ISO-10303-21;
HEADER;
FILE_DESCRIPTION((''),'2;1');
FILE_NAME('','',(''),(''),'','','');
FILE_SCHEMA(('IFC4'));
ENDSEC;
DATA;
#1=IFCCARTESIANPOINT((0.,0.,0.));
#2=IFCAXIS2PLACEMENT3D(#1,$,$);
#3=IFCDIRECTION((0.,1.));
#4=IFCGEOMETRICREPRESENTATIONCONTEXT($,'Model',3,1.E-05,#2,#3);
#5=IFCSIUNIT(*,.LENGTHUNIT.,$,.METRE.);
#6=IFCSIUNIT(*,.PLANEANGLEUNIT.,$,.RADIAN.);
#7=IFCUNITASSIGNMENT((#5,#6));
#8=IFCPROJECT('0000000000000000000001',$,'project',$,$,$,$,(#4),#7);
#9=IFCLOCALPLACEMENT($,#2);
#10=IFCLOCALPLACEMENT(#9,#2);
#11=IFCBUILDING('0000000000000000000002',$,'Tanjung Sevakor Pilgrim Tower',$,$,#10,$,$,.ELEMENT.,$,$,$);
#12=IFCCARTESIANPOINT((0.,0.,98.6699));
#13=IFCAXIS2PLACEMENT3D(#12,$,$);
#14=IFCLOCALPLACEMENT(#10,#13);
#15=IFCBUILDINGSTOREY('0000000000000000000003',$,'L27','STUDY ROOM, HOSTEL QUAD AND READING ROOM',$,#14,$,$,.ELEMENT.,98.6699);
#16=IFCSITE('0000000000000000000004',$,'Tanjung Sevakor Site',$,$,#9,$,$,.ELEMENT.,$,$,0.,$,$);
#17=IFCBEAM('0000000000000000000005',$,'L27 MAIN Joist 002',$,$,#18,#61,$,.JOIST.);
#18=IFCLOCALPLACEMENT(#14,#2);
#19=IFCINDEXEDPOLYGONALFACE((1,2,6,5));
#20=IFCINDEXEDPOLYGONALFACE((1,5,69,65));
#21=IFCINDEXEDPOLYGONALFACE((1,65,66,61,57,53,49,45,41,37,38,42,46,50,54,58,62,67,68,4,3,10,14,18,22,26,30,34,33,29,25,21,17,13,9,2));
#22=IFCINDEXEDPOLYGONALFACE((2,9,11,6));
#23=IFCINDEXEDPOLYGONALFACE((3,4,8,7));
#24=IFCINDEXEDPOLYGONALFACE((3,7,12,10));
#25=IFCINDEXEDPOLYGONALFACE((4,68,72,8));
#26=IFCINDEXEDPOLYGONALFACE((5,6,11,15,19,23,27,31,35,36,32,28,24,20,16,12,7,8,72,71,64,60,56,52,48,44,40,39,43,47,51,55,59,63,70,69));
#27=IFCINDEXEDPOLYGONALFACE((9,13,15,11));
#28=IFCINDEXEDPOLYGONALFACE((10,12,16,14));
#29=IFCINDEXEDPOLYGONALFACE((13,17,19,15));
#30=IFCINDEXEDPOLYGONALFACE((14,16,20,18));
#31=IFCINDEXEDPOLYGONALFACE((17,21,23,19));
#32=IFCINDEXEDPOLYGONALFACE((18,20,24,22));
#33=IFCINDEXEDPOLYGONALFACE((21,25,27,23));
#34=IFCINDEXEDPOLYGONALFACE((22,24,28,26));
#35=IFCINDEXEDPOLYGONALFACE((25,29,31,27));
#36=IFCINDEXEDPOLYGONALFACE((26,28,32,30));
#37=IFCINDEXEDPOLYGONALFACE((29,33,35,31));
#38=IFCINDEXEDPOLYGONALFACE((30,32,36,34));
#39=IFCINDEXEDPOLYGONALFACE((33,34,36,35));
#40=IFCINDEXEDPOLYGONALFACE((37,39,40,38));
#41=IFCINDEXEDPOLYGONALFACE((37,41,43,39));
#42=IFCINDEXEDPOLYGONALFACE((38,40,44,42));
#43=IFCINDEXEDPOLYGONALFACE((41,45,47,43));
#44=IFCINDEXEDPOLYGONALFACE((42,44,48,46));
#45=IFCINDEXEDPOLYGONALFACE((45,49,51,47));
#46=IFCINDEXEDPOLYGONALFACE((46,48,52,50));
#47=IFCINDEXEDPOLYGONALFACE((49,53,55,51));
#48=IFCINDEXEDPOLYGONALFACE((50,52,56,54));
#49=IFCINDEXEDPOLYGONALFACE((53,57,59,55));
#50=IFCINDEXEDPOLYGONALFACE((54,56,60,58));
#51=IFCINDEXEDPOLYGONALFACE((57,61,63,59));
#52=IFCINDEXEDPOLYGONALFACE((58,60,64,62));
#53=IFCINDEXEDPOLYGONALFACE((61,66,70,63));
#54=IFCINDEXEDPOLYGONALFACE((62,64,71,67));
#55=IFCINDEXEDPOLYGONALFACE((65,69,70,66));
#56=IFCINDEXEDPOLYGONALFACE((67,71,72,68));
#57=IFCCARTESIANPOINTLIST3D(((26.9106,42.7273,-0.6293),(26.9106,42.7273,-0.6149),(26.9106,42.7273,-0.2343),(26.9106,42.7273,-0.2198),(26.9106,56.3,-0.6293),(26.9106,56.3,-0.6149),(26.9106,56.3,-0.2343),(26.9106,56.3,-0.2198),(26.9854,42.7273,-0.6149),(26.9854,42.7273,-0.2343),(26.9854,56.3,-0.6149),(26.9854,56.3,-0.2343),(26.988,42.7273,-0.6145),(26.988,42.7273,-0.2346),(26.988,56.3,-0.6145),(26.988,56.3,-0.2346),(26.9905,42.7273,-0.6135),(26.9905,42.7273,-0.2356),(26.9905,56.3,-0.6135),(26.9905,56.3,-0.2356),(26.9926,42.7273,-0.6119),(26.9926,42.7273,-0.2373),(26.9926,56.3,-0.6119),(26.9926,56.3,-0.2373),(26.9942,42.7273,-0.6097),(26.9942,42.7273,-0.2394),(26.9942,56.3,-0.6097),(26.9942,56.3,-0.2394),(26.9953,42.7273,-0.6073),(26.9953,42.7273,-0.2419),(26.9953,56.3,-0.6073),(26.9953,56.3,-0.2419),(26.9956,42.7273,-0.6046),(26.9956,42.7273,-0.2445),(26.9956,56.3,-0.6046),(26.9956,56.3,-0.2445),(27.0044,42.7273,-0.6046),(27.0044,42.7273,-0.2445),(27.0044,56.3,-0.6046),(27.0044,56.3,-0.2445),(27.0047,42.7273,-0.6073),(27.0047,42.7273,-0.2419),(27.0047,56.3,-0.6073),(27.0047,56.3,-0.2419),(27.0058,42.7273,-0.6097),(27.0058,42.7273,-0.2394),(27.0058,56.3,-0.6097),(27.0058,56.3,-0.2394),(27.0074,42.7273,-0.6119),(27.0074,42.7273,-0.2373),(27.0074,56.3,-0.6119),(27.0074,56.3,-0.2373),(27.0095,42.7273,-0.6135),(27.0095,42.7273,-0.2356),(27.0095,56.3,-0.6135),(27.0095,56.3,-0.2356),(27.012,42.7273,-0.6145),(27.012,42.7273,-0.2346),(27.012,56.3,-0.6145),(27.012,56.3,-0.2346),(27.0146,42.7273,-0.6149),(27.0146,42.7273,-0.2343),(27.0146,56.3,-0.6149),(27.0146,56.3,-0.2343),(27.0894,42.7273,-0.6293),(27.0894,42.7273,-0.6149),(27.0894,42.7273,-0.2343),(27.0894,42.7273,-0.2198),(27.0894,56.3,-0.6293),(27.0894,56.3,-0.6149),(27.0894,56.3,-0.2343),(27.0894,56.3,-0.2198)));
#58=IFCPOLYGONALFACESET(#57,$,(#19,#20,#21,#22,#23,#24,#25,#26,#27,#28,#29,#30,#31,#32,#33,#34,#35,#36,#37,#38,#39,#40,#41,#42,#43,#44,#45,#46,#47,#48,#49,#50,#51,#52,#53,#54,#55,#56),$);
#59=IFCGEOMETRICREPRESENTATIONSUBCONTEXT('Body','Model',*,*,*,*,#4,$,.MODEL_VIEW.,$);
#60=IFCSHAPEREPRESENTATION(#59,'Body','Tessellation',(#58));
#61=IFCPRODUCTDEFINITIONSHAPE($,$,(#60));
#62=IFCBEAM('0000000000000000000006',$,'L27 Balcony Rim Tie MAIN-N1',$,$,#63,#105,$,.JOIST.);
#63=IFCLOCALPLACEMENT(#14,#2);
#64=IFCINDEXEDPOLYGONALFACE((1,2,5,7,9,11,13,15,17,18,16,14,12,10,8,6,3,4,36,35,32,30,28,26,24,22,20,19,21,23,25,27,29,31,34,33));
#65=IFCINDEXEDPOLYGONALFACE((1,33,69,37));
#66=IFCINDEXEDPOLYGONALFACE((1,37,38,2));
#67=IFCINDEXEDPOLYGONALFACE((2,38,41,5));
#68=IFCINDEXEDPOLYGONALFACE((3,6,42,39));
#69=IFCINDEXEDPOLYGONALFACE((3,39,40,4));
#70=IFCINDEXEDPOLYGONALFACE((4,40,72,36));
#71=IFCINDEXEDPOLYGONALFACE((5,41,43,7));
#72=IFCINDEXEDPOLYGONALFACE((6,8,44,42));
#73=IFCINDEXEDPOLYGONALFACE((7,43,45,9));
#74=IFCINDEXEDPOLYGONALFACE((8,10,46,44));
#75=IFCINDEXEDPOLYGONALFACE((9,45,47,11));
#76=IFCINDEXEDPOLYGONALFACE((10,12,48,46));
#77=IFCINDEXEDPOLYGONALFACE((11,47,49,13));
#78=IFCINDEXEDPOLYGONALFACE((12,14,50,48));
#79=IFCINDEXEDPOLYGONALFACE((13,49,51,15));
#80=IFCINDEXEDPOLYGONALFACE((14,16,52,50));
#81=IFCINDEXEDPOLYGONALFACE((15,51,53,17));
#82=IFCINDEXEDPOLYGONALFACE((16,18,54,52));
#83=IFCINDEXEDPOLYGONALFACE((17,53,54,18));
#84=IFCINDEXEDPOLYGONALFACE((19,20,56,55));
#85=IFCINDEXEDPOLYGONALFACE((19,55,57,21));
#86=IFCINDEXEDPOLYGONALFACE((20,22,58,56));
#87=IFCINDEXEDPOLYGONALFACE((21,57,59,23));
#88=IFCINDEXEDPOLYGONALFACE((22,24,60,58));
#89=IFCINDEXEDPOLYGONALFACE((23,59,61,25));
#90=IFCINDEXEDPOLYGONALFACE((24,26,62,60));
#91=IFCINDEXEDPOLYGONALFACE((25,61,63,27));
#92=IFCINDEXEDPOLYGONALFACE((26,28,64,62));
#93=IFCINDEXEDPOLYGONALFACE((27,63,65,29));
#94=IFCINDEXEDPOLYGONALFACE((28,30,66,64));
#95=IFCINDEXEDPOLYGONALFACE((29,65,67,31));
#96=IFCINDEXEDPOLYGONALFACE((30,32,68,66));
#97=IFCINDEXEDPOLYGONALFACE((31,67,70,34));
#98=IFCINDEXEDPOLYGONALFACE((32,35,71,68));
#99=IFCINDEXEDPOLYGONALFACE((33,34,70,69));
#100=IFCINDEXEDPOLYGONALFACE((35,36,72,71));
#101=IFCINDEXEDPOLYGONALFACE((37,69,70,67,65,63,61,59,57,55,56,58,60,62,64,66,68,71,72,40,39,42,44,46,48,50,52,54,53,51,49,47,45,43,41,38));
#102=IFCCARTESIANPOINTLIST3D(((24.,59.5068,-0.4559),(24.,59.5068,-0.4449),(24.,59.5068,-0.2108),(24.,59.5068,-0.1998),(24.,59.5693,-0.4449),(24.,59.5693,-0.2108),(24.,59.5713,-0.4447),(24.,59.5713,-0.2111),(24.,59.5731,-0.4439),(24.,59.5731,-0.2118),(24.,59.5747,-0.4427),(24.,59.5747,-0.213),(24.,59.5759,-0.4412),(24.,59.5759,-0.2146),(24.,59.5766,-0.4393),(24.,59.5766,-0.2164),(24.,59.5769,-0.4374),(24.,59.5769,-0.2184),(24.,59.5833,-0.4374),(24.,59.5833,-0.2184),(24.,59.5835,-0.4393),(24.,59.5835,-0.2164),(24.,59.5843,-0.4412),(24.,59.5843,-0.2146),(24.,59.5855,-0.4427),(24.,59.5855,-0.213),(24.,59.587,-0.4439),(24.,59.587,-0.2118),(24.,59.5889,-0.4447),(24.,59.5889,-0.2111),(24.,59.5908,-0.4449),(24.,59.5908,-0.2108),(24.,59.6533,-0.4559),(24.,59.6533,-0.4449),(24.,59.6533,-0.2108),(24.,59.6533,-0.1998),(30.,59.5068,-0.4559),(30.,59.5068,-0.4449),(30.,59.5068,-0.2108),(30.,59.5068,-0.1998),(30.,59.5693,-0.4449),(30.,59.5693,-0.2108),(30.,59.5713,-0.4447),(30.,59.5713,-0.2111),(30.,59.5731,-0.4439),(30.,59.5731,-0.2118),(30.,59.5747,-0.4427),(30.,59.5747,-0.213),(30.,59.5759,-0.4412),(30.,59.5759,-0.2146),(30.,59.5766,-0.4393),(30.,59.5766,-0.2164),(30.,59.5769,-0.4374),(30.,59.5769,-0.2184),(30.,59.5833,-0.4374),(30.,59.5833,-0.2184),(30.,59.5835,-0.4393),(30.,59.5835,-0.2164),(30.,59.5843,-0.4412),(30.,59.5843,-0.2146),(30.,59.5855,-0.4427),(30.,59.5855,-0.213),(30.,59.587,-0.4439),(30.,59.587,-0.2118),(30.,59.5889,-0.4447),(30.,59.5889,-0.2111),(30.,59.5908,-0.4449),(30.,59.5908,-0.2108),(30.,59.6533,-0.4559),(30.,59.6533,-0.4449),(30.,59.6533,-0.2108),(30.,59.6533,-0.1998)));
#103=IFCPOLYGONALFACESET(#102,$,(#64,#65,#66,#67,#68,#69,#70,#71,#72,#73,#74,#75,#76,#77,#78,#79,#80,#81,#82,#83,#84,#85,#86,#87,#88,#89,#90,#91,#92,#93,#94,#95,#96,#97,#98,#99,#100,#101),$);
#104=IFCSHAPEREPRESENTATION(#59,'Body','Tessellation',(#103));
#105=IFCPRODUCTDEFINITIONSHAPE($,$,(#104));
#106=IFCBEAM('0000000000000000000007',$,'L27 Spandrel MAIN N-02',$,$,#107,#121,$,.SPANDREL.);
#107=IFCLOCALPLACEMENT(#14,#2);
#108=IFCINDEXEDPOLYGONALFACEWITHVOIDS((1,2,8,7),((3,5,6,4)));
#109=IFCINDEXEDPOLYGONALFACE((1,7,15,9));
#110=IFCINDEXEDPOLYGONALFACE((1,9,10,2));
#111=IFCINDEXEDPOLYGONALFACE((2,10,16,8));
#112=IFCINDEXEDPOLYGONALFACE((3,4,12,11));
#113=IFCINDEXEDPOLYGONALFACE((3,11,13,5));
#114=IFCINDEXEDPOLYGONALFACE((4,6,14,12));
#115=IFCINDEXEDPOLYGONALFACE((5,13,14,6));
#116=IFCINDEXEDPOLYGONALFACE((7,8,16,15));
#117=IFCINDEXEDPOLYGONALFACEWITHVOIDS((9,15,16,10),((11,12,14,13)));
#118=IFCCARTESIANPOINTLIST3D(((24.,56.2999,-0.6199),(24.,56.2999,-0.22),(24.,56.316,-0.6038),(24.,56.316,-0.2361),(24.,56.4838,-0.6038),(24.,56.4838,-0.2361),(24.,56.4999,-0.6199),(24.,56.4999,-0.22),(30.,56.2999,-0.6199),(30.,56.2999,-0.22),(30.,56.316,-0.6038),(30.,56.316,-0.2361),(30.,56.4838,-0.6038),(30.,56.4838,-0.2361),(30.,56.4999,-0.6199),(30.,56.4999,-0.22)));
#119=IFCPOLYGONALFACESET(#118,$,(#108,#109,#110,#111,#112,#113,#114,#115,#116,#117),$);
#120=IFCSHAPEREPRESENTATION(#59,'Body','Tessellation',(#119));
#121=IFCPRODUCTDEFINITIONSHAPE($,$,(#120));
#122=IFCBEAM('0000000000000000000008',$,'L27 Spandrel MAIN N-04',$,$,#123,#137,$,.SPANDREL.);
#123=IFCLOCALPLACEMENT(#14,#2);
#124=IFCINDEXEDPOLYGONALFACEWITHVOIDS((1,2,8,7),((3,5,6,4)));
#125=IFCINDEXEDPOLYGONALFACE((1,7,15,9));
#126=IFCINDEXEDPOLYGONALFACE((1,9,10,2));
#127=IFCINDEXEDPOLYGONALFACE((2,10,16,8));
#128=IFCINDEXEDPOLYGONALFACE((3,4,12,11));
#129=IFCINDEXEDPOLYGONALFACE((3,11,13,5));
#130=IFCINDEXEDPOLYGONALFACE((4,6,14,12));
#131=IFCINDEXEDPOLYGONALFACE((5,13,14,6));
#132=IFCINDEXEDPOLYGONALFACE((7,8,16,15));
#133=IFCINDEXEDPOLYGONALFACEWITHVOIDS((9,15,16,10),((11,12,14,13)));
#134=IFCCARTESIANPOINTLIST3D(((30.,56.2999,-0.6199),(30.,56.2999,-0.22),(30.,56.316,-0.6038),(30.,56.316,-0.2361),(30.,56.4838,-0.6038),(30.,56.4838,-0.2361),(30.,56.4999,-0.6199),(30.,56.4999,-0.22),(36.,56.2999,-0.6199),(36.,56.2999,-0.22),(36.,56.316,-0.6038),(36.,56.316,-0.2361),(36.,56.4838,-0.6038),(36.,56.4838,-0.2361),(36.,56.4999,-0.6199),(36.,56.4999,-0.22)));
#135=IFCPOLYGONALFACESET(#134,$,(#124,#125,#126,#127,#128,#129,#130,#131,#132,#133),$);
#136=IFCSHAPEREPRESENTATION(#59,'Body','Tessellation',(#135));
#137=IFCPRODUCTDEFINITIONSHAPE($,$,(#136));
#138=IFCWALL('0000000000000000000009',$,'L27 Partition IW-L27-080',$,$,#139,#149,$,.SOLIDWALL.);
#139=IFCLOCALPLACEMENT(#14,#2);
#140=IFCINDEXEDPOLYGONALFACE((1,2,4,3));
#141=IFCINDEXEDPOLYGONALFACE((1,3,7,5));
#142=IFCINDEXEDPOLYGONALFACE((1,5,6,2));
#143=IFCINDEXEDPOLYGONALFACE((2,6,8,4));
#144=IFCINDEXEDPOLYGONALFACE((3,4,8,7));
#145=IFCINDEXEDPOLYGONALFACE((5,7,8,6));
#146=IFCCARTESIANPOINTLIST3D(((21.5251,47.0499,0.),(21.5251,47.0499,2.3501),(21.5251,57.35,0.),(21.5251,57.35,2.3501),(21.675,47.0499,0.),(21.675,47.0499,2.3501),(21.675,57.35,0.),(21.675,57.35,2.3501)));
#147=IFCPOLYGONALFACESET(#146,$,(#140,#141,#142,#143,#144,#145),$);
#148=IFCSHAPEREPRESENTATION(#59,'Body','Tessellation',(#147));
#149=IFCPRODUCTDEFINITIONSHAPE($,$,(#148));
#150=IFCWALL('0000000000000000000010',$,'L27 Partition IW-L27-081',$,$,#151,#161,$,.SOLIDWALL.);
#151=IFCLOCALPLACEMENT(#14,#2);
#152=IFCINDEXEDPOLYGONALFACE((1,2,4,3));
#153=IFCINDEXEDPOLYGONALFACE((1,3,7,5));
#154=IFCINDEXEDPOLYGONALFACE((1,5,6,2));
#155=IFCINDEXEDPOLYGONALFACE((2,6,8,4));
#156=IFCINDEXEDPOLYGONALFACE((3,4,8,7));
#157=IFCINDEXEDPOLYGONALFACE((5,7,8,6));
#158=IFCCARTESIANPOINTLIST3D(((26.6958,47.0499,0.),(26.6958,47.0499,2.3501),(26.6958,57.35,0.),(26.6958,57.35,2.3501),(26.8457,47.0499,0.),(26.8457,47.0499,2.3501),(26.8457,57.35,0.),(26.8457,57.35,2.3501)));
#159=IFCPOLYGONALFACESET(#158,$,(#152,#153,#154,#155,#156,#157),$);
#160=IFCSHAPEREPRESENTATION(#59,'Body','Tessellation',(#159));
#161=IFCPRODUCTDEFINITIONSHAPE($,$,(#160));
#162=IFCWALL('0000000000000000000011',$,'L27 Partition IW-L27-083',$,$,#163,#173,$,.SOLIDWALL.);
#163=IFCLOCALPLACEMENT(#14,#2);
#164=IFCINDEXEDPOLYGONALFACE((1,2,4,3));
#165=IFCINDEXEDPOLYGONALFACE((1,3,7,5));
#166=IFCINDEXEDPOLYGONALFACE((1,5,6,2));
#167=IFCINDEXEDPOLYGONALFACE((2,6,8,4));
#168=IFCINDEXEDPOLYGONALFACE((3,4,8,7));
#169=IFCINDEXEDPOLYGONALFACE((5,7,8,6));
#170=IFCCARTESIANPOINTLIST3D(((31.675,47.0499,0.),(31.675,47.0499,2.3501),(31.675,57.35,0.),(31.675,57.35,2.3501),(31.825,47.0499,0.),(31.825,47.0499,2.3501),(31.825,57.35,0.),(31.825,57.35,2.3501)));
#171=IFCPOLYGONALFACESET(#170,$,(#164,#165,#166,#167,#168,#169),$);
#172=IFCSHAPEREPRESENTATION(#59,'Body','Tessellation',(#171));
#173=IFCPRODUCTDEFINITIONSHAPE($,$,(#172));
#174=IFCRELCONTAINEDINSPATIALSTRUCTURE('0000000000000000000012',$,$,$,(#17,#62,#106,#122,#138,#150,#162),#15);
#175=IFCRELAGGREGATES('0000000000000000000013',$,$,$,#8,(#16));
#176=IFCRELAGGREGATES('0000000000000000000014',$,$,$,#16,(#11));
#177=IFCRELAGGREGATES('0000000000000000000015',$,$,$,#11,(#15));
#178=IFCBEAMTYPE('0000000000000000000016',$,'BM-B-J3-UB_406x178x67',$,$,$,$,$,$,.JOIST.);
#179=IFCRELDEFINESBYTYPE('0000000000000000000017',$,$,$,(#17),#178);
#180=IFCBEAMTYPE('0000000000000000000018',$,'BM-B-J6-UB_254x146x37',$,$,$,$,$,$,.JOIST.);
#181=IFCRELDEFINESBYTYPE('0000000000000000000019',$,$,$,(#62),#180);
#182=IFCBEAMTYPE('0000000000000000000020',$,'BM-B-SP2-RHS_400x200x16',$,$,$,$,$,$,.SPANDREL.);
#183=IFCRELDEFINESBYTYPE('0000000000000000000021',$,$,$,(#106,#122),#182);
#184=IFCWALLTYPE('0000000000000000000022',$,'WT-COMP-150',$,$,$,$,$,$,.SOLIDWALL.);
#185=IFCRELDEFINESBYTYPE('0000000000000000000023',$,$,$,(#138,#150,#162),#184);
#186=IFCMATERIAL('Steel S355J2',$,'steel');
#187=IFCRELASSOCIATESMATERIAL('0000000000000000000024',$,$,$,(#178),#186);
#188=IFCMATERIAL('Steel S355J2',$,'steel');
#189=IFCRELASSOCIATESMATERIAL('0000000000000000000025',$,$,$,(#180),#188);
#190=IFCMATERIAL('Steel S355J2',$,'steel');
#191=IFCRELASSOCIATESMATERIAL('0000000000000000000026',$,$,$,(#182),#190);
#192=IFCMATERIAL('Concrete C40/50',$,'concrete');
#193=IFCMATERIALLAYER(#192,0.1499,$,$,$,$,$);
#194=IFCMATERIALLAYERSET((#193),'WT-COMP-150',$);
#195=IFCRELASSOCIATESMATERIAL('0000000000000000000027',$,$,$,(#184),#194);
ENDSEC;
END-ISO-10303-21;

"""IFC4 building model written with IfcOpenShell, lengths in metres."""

from ifc_helpers import new_model, si_unit, direction, frame, frame_2d, origin, origin_2d, place, context, subcontext, project, spatial, rectangle, hollow_rectangle, i_section, extrude, material, layer, layer_set, material_profile, profile_set, type_object, element, save


model = new_model("IFC4")

# Units and contexts
model_context = context("Model", 3, precision=1e-05, world=origin(), true_north=direction((0.0, 1.0)))
body_context = subcontext(model_context, "Body", "Model", "MODEL_VIEW")
ifc_project = project(units=[si_unit("LENGTHUNIT", "METRE"), si_unit("PLANEANGLEUNIT", "RADIAN")], contexts=[model_context])

# Site, building, storey
site_placement = place(None, origin())
site = spatial("IfcSite", under=ifc_project, at=site_placement, Name="Tanjung Sevakor Site", CompositionType="ELEMENT", RefElevation=0.0)
building_placement = place(site_placement, origin())
building = spatial("IfcBuilding", under=site, at=building_placement, Name="Tanjung Sevakor Pilgrim Tower", CompositionType="ELEMENT")
storey_placement = place(building_placement, frame((0.0, 0.0, 98.6699)))
storey = spatial("IfcBuildingStorey", under=building, at=storey_placement, Name="L27", Description="STUDY ROOM, HOSTEL QUAD AND READING ROOM", CompositionType="ELEMENT", Elevation=98.6699)

# Beams
ifc_material_1 = material(Name="Steel S355J2", Category="steel")
ifc_material_profile_1 = material_profile(ifc_material_1, i_section(OverallWidth=0.1787, OverallDepth=0.4094, WebThickness=0.0088, FlangeThickness=0.0144, FilletRadius=0.0103, at=origin_2d()))
ifc_profile_set_1 = profile_set([ifc_material_profile_1], Name="Steel S355J2")
beam_type_1 = type_object("IfcBeamType", Name="BM-B-J3-UB_406x178x67", PredefinedType="JOIST", material=ifc_profile_set_1)
beam_1_placement = place(storey_placement, frame((27.0, 42.7273, -0.4246), z_axis=(0.0, 1.0, 0.0), x_axis=(-1.0, 0.0, 0.0)))
element("IfcBeam", 1, at=beam_1_placement, inside=storey, type_object=beam_type_1, Name="L27 MAIN Joist 002", PredefinedType="JOIST", context=body_context, shape_type="SweptSolid", body=[
    extrude(i_section(OverallWidth=0.1787, OverallDepth=0.4094, WebThickness=0.0088, FlangeThickness=0.0144, FilletRadius=0.0103, at=origin_2d()), origin(), (0.0, 0.0, 1.0), 13.5728),
])
ifc_material_2 = material(Name="Steel S355J2", Category="steel")
ifc_material_profile_2 = material_profile(ifc_material_2, i_section(OverallWidth=0.1465, OverallDepth=0.2561, WebThickness=0.0063, FlangeThickness=0.011, FilletRadius=0.0076, at=origin_2d()))
ifc_profile_set_2 = profile_set([ifc_material_profile_2], Name="Steel S355J2")
beam_type_2 = type_object("IfcBeamType", Name="BM-B-J6-UB_254x146x37", PredefinedType="JOIST", material=ifc_profile_set_2)
beam_2_placement = place(storey_placement, frame((24.0, 59.5801, -0.3279), z_axis=(1.0, 0.0, 0.0), x_axis=(0.0, 1.0, 0.0)))
element("IfcBeam", 2, at=beam_2_placement, inside=storey, type_object=beam_type_2, Name="L27 Balcony Rim Tie MAIN-N1", PredefinedType="JOIST", context=body_context, shape_type="SweptSolid", body=[
    extrude(i_section(OverallWidth=0.1465, OverallDepth=0.2561, WebThickness=0.0063, FlangeThickness=0.011, FilletRadius=0.0076, at=origin_2d()), origin(), (0.0, 0.0, 1.0), 6.0),
])
ifc_material_3 = material(Name="Steel S355J2", Category="steel")
ifc_material_profile_3 = material_profile(ifc_material_3, hollow_rectangle(XDim=0.2, YDim=0.3999, WallThickness=0.0161, at=origin_2d()))
ifc_profile_set_3 = profile_set([ifc_material_profile_3], Name="Steel S355J2")
beam_type_3 = type_object("IfcBeamType", Name="BM-B-SP2-RHS_400x200x16", PredefinedType="SPANDREL", material=ifc_profile_set_3)
for number, where, z_axis, x_axis, name in (
    (3, (24.0, 56.3999, -0.4199), (1.0, 0.0, 0.0), (0.0, 1.0, 0.0), "L27 Spandrel MAIN N-02"),
    (4, (30.0, 56.3999, -0.4199), (1.0, 0.0, 0.0), (0.0, 1.0, 0.0), "L27 Spandrel MAIN N-04"),
):
    element("IfcBeam", number, at=place(storey_placement, frame(where, z_axis=z_axis, x_axis=x_axis)), inside=storey, type_object=beam_type_3, Name=name, PredefinedType="SPANDREL", context=body_context, shape_type="SweptSolid", body=[
        extrude(hollow_rectangle(XDim=0.2, YDim=0.3999, WallThickness=0.0161, at=origin_2d()), origin(), (0.0, 0.0, 1.0), 6.0),
    ])

# Walls
ifc_material_4 = material(Name="Concrete C40/50", Category="concrete")
ifc_layer_1 = layer(ifc_material_4, 0.1499)
ifc_layer_set_1 = layer_set([ifc_layer_1], Name="WT-COMP-150")
wall_type_1 = type_object("IfcWallType", Name="WT-COMP-150", PredefinedType="SOLIDWALL", material=ifc_layer_set_1)
for number, where, z_axis, x_axis, name in (
    (5, (21.6001, 47.05, 0.0), (0.0, 0.0, 1.0), (0.0, 1.0, 0.0), "L27 Partition IW-L27-080"),
    (6, (26.7708, 47.05, 0.0), (0.0, 0.0, 1.0), (0.0, 1.0, 0.0), "L27 Partition IW-L27-081"),
):
    element("IfcWall", number, at=place(storey_placement, frame(where, z_axis=z_axis, x_axis=x_axis)), inside=storey, type_object=wall_type_1, Name=name, PredefinedType="SOLIDWALL", context=body_context, shape_type="SweptSolid", body=[
        extrude(rectangle(XDim=10.3, YDim=0.1499, at=frame_2d((5.1499, 0.0))), origin(), (0.0, 0.0, 1.0), 2.3501),
    ])

# Wall
wall_1_placement = place(storey_placement, frame((31.75, 47.05, 0.0), z_axis=(0.0, 0.0, 1.0), x_axis=(0.0, 1.0, 0.0)))
element("IfcWall", 7, at=wall_1_placement, inside=storey, type_object=wall_type_1, Name="L27 Partition IW-L27-083", PredefinedType="SOLIDWALL", context=body_context, shape_type="SweptSolid", body=[
    extrude(rectangle(XDim=10.3, YDim=0.1499, at=frame_2d((5.1499, 0.0))), origin(), (0.0, 0.0, 1.0), 2.3501),
])

save(model, "model.ifc")
